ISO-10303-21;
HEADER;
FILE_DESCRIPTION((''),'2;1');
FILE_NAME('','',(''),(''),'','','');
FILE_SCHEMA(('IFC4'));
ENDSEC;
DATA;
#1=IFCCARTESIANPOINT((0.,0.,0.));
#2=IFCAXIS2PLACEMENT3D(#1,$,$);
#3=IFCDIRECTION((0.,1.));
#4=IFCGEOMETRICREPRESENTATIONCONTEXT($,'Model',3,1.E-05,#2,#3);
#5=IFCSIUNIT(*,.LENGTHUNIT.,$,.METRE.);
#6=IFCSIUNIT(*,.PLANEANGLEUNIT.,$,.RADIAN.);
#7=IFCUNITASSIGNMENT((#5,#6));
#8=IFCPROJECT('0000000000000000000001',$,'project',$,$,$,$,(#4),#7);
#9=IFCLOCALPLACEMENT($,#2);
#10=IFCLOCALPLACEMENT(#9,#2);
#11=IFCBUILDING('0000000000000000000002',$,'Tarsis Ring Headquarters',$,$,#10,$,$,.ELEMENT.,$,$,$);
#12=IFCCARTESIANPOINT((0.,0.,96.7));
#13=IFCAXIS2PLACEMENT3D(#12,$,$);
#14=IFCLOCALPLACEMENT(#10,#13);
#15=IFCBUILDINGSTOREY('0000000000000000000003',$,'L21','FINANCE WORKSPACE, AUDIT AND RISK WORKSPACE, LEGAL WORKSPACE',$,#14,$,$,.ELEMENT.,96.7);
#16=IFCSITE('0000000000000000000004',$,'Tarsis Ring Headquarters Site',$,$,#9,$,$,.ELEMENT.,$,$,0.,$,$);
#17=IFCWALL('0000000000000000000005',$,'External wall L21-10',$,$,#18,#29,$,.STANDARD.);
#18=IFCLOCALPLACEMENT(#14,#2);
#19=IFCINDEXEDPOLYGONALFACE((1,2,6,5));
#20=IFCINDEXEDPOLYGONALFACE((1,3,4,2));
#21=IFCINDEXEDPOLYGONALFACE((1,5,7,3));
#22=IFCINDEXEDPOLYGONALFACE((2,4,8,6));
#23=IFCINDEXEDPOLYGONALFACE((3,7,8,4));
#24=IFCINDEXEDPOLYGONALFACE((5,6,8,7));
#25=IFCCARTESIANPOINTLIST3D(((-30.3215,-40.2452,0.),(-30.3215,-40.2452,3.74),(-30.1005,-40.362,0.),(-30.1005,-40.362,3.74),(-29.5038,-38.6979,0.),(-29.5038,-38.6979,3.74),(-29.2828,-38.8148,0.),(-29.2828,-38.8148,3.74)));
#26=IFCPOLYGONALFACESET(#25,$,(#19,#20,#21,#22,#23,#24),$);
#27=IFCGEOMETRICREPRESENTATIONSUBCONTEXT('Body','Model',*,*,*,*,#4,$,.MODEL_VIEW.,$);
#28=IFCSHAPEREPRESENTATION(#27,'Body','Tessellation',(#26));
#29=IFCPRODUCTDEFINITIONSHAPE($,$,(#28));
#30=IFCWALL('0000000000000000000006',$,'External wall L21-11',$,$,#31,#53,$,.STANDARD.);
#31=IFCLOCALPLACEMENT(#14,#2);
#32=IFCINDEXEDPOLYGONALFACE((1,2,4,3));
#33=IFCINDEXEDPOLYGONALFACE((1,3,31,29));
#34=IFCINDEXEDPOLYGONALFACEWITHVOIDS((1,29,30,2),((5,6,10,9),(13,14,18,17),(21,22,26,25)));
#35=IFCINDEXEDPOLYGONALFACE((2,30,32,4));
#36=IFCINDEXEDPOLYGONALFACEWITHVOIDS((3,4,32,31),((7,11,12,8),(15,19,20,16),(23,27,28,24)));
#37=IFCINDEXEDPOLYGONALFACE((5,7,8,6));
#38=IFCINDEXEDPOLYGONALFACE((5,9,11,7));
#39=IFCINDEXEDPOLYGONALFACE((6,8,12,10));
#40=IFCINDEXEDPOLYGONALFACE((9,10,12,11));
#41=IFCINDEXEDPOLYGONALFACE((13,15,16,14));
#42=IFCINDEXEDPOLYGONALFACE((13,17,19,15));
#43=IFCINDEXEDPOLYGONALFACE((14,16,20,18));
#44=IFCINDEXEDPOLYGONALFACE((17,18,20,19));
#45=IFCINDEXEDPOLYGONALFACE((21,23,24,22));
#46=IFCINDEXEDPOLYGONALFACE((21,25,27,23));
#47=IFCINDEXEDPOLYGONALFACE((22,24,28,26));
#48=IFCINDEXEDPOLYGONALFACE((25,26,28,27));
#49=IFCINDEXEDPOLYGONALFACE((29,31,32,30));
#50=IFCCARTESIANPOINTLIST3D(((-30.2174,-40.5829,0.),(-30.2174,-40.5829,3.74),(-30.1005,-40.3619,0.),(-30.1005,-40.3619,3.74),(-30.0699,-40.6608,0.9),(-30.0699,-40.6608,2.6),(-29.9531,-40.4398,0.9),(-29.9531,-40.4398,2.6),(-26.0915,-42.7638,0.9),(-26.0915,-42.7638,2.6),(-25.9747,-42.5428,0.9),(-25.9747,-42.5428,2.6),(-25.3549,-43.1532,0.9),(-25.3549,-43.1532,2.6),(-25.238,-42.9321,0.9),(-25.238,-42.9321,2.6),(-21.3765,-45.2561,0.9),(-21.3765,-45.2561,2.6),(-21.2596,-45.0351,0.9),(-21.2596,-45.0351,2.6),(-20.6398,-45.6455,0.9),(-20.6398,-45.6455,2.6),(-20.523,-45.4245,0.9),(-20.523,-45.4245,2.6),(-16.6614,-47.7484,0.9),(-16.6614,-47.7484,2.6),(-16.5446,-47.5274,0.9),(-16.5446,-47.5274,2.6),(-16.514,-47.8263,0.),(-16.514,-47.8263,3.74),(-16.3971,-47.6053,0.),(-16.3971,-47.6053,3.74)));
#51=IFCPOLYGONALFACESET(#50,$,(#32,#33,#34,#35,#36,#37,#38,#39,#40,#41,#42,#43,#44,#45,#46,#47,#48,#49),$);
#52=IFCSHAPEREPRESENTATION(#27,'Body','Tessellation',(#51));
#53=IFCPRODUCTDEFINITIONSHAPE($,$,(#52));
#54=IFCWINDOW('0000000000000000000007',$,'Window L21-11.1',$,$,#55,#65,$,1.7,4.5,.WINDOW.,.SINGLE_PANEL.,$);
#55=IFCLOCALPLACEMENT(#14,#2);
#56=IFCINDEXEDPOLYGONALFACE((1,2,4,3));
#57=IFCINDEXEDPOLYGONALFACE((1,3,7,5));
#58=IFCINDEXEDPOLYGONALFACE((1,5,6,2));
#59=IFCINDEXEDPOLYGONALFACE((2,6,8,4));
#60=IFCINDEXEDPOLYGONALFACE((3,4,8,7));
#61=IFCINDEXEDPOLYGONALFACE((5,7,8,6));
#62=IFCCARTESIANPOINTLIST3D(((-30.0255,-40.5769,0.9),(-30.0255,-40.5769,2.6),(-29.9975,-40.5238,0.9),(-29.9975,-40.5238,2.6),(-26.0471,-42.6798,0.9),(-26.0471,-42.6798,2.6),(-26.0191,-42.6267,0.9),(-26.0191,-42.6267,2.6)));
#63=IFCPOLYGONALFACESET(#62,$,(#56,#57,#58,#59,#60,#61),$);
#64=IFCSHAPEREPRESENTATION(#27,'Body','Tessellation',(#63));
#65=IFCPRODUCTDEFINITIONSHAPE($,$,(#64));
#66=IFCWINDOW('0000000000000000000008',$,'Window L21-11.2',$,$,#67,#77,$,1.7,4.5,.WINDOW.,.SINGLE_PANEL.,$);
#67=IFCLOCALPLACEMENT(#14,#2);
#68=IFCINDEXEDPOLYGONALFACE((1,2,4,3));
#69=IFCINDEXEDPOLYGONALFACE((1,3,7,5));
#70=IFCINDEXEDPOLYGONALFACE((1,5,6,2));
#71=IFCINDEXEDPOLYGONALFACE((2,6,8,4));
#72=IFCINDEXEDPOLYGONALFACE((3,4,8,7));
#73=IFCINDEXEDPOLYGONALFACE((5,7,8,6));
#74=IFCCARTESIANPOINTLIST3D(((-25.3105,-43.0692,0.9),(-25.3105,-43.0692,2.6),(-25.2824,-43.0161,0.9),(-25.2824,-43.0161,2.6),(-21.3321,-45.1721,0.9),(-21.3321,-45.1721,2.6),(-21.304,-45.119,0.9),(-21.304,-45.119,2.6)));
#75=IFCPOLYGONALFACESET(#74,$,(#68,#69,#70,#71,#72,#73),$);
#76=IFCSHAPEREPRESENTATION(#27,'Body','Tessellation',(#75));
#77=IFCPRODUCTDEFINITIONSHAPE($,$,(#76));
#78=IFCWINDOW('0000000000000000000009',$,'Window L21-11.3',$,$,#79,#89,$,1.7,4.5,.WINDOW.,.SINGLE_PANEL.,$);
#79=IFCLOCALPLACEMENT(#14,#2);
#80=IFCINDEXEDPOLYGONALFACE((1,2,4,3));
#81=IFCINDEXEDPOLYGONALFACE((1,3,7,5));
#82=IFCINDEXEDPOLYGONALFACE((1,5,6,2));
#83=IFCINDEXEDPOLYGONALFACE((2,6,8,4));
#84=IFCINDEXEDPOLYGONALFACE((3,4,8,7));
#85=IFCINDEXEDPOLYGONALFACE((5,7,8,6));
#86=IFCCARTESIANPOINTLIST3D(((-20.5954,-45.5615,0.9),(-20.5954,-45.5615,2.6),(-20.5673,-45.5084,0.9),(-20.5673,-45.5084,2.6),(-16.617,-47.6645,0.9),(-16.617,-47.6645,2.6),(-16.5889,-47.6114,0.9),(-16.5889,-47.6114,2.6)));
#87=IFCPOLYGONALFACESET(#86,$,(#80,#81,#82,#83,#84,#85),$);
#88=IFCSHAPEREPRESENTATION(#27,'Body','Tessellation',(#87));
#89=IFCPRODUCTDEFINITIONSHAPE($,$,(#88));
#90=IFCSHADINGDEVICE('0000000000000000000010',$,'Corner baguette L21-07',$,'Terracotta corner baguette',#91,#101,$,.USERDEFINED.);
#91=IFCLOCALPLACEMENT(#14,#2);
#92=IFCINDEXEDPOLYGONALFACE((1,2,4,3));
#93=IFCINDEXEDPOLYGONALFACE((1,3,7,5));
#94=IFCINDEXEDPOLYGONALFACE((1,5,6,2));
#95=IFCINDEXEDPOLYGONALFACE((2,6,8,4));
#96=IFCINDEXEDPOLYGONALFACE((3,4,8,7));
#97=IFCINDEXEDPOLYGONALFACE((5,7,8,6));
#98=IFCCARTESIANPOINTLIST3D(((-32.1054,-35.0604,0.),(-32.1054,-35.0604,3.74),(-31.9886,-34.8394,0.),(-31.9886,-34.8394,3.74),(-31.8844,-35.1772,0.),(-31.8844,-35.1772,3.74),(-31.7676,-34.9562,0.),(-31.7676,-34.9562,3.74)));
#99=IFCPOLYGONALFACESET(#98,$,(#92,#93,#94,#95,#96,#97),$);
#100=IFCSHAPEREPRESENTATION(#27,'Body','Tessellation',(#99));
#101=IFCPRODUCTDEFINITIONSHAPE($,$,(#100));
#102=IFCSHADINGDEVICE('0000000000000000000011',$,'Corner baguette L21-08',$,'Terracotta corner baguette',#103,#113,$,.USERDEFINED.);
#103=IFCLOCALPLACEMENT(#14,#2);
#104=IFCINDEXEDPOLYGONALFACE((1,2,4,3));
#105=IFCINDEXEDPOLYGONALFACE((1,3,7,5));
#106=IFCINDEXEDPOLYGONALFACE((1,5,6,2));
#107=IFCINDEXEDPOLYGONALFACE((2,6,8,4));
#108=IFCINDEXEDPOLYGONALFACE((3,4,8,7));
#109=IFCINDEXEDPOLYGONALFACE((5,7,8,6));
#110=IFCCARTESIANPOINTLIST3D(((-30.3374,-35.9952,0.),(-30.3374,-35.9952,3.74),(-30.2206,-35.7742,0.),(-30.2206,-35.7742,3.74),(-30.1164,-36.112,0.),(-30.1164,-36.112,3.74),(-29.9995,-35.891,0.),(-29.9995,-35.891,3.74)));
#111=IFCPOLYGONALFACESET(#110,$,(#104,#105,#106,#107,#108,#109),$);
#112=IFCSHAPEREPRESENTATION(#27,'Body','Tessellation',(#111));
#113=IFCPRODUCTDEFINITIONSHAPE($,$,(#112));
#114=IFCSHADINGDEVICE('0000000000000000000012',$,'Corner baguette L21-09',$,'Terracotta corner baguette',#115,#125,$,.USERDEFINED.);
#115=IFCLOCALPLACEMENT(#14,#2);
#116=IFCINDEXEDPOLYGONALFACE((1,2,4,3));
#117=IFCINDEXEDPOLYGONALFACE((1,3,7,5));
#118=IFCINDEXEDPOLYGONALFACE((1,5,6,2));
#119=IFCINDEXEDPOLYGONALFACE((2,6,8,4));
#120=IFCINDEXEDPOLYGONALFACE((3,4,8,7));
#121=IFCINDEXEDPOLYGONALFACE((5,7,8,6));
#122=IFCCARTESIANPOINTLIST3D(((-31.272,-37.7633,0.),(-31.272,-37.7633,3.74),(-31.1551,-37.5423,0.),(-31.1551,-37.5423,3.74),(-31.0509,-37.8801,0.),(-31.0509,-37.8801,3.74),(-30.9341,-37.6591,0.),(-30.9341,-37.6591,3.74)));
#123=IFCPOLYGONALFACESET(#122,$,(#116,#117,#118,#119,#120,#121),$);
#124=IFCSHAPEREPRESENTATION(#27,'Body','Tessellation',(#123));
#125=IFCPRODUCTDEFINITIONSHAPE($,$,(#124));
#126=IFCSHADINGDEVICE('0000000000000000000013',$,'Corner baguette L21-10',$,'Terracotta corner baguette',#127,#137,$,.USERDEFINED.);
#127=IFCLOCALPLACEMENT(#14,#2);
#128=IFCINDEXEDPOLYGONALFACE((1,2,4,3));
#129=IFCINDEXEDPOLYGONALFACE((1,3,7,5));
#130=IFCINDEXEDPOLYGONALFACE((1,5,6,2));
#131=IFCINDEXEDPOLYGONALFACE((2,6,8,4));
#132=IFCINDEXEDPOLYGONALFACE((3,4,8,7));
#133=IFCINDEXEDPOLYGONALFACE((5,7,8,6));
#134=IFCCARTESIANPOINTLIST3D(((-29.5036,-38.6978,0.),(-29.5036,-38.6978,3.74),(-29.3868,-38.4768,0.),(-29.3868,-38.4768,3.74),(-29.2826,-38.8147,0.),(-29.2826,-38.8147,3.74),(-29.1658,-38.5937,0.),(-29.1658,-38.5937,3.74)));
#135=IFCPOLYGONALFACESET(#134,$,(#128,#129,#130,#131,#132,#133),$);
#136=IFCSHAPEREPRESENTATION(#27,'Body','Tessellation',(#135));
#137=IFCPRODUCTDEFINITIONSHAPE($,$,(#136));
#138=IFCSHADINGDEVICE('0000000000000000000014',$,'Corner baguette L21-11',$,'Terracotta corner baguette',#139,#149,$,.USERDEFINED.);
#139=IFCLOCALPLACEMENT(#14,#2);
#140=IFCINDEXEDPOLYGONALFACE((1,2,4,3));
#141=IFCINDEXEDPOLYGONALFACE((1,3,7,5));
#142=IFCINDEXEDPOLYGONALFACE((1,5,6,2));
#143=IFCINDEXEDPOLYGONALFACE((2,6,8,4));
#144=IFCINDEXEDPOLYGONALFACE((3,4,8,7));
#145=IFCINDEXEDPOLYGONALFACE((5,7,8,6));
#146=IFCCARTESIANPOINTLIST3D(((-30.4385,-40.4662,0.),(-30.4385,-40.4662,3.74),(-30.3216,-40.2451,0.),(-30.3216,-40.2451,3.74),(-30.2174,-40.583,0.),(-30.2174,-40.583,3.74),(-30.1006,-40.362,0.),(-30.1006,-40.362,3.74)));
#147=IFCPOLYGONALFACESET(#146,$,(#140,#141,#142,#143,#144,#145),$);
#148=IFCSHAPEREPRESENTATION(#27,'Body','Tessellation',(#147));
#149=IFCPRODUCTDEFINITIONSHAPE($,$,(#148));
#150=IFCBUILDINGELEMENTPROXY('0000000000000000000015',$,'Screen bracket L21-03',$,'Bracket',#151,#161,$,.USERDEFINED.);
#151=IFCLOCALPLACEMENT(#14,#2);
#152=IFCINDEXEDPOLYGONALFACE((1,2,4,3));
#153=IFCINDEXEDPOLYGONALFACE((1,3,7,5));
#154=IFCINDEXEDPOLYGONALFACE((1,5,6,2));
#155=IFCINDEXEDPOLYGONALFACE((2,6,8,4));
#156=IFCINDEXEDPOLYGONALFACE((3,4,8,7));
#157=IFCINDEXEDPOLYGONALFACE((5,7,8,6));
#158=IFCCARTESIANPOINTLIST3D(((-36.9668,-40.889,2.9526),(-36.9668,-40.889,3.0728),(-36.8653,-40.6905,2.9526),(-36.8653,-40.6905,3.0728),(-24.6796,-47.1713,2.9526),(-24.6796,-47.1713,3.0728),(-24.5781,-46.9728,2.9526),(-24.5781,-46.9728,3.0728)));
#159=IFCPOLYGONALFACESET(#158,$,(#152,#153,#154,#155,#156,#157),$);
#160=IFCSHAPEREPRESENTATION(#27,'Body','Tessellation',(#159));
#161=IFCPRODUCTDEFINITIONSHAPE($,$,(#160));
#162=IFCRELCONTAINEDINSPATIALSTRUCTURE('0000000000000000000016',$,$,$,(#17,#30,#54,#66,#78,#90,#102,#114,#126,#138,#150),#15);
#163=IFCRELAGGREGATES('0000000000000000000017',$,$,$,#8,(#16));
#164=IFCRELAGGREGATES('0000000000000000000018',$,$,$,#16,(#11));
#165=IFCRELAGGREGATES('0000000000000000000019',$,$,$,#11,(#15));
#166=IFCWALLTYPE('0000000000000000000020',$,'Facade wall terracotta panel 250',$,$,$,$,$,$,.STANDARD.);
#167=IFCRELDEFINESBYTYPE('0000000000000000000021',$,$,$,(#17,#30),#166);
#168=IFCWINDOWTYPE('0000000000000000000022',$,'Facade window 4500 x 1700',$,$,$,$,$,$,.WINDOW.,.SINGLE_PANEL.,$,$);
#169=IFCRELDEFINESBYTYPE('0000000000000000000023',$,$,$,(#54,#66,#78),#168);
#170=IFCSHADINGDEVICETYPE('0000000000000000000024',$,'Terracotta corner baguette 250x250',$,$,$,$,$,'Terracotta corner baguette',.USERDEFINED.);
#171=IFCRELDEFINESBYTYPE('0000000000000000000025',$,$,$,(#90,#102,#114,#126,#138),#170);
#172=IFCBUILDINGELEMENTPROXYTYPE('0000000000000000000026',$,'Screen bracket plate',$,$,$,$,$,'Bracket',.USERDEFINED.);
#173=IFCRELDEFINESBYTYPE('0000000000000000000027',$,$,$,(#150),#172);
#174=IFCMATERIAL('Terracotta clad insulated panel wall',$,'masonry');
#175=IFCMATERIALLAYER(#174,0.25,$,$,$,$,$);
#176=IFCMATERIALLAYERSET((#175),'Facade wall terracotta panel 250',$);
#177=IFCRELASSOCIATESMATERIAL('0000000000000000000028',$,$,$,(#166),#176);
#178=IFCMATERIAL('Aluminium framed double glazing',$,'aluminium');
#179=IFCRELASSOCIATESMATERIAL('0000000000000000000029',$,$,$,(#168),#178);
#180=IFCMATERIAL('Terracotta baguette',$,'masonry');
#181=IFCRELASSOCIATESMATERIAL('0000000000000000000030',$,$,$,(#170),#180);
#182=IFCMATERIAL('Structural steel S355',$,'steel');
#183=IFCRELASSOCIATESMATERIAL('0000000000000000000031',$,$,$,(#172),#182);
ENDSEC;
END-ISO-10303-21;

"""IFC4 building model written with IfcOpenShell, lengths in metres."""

from ifc_helpers import new_model, si_unit, direction, frame, frame_2d, origin, origin_2d, place, context, subcontext, project, spatial, rectangle, extrude, material, layer, layer_set, type_object, element, fill, save


model = new_model("IFC4")

# Units and contexts
model_context = context("Model", 3, precision=1e-05, world=origin(), true_north=direction((0.0, 1.0)))
body_context = subcontext(model_context, "Body", "Model", "MODEL_VIEW")
ifc_project = project(units=[si_unit("LENGTHUNIT", "METRE"), si_unit("PLANEANGLEUNIT", "RADIAN")], contexts=[model_context])

# Site, building, storey
site_placement = place(None, origin())
site = spatial("IfcSite", under=ifc_project, at=site_placement, Name="Tarsis Ring Headquarters Site", CompositionType="ELEMENT", RefElevation=0.0)
building_placement = place(site_placement, origin())
building = spatial("IfcBuilding", under=site, at=building_placement, Name="Tarsis Ring Headquarters", CompositionType="ELEMENT")
storey_placement = place(building_placement, frame((0.0, 0.0, 96.7)))
storey = spatial("IfcBuildingStorey", under=building, at=storey_placement, Name="L21", Description="FINANCE WORKSPACE, AUDIT AND RISK WORKSPACE, LEGAL WORKSPACE", CompositionType="ELEMENT", Elevation=96.7)

# Shared definitions
ifc_material_1 = material(Name="Structural steel S355", Category="steel")

# Wall
ifc_material_2 = material(Name="Terracotta clad insulated panel wall", Category="masonry")
ifc_layer = layer(ifc_material_2, 0.25)
ifc_layer_set = layer_set([ifc_layer], Name="Facade wall terracotta panel 250")
wall_type = type_object("IfcWallType", Name="Facade wall terracotta panel 250", PredefinedType="STANDARD", material=ifc_layer_set)
for number, where, z_axis, x_axis, name in (
    (1, (-29.3933, -38.7563, 0.0), (0.0, 0.0, 1.0), (-0.467247, -0.884127, 0.0), "External wall L21-10"),
):
    element("IfcWall", number, at=place(storey_placement, frame(where, z_axis=z_axis, x_axis=x_axis)), inside=storey, type_object=wall_type, Name=name, PredefinedType="STANDARD", context=body_context, shape_type="SweptSolid", body=[
        extrude(rectangle(XDim=1.75, YDim=0.25, at=frame_2d((0.875, 0.0))), origin(), (0.0, 0.0, 1.0), 3.74),
    ])

# Wall, openings, windows
wall_placement = place(storey_placement, frame((-30.1589, -40.4724, 0.0), z_axis=(0.0, 0.0, 1.0), x_axis=(0.88409, -0.467317, 0.0)))
wall = element("IfcWall", 2, at=wall_placement, inside=storey, type_object=wall_type, Name="External wall L21-11", PredefinedType="STANDARD", context=body_context, shape_type="SweptSolid", body=[
    extrude(rectangle(XDim=15.5, YDim=0.25, at=frame_2d((7.75, 0.0))), origin(), (0.0, 0.0, 1.0), 3.74),
])
opening_1_placement = place(wall_placement, frame((0.1667, 0.0, 0.8999)))
opening_1 = element("IfcOpeningElement", 3, at=opening_1_placement, cuts=wall, PredefinedType="OPENING", context=body_context, shape_type="SweptSolid", body=[
    extrude(rectangle(XDim=4.5, YDim=1.7, at=frame_2d((2.25, 0.8501))), frame((0.0, 0.135, 0.0), z_axis=(0.0, -1.0, 0.0), x_axis=(1.0, 0.0, 0.0)), (0.0, 0.0, 1.0), 0.27),
])
opening_2_placement = place(wall_placement, frame((5.5, 0.0, 0.8999)))
opening_2 = element("IfcOpeningElement", 4, at=opening_2_placement, cuts=wall, PredefinedType="OPENING", context=body_context, shape_type="SweptSolid", body=[
    extrude(rectangle(XDim=4.5, YDim=1.7, at=frame_2d((2.25, 0.8501))), frame((0.0, 0.135, 0.0), z_axis=(0.0, -1.0, 0.0), x_axis=(1.0, 0.0, 0.0)), (0.0, 0.0, 1.0), 0.27),
])
opening_3_placement = place(wall_placement, frame((10.8333, 0.0, 0.8999)))
opening_3 = element("IfcOpeningElement", 5, at=opening_3_placement, cuts=wall, PredefinedType="OPENING", context=body_context, shape_type="SweptSolid", body=[
    extrude(rectangle(XDim=4.5, YDim=1.7, at=frame_2d((2.25, 0.8501))), frame((0.0, 0.135, 0.0), z_axis=(0.0, -1.0, 0.0), x_axis=(1.0, 0.0, 0.0)), (0.0, 0.0, 1.0), 0.27),
])
ifc_material_3 = material(Name="Aluminium framed double glazing", Category="aluminium")
window_type = type_object("IfcWindowType", Name="Facade window 4500 x 1700", PartitioningType="SINGLE_PANEL", PredefinedType="WINDOW", material=ifc_material_3)
window_1_placement = place(opening_1_placement, origin())
window_1 = element("IfcWindow", 6, at=window_1_placement, inside=storey, type_object=window_type, Name="Window L21-11.1", OverallHeight=1.7, OverallWidth=4.5, PartitioningType="SINGLE_PANEL", PredefinedType="WINDOW", context=body_context, shape_type="SweptSolid", body=[
    extrude(rectangle(XDim=4.5, YDim=1.7, at=frame_2d((2.25, 0.8501))), frame((0.0, 0.03, 0.0), z_axis=(0.0, -1.0, 0.0), x_axis=(1.0, 0.0, 0.0)), (0.0, 0.0, 1.0), 0.0601),
])
fill(opening_1, window_1)
window_2_placement = place(opening_2_placement, origin())
window_2 = element("IfcWindow", 7, at=window_2_placement, inside=storey, type_object=window_type, Name="Window L21-11.2", OverallHeight=1.7, OverallWidth=4.5, PartitioningType="SINGLE_PANEL", PredefinedType="WINDOW", context=body_context, shape_type="SweptSolid", body=[
    extrude(rectangle(XDim=4.5, YDim=1.7, at=frame_2d((2.25, 0.8501))), frame((0.0, 0.03, 0.0), z_axis=(0.0, -1.0, 0.0), x_axis=(1.0, 0.0, 0.0)), (0.0, 0.0, 1.0), 0.0601),
])
fill(opening_2, window_2)
window_3_placement = place(opening_3_placement, origin())
window_3 = element("IfcWindow", 8, at=window_3_placement, inside=storey, type_object=window_type, Name="Window L21-11.3", OverallHeight=1.7, OverallWidth=4.5, PartitioningType="SINGLE_PANEL", PredefinedType="WINDOW", context=body_context, shape_type="SweptSolid", body=[
    extrude(rectangle(XDim=4.5, YDim=1.7, at=frame_2d((2.25, 0.8501))), frame((0.0, 0.03, 0.0), z_axis=(0.0, -1.0, 0.0), x_axis=(1.0, 0.0, 0.0)), (0.0, 0.0, 1.0), 0.0601),
])
fill(opening_3, window_3)

# Shading devices
ifc_material_4 = material(Name="Terracotta baguette", Category="masonry")
shading_device_type_1 = type_object("IfcShadingDeviceType", Name="Terracotta corner baguette 250x250", ElementType="Terracotta corner baguette", PredefinedType="USERDEFINED", material=ifc_material_4)
for number, where, z_axis, x_axis, name in (
    (9, (-31.9365, -35.0083, 0.0), (0.0, 0.0, 1.0), (-0.467313, -0.884092, 0.0), "Corner baguette L21-07"),
    (10, (-30.1685, -35.9431, 0.0), (0.0, 0.0, 1.0), (0.884092, -0.467312, 0.0), "Corner baguette L21-08"),
    (11, (-31.103, -37.7112, 0.0), (0.0, 0.0, 1.0), (-0.467313, -0.884092, 0.0), "Corner baguette L21-09"),
    (12, (-29.3347, -38.6458, 0.0), (0.0, 0.0, 1.0), (0.884092, -0.467313, 0.0), "Corner baguette L21-10"),
    (13, (-30.2695, -40.4141, 0.0), (0.0, 0.0, 1.0), (-0.467313, -0.884092, 0.0), "Corner baguette L21-11"),
):
    element("IfcShadingDevice", number, at=place(storey_placement, frame(where, z_axis=z_axis, x_axis=x_axis)), inside=storey, type_object=shading_device_type_1, Name=name, ObjectType="Terracotta corner baguette", PredefinedType="USERDEFINED", context=body_context, shape_type="SweptSolid", body=[
        extrude(rectangle(XDim=0.25, YDim=0.25, at=origin_2d()), origin(), (0.0, 0.0, 1.0), 3.74),
    ])

# Building element proxy
building_element_proxy_type = type_object("IfcBuildingElementProxyType", Name="Screen bracket plate", ElementType="Bracket", PredefinedType="USERDEFINED", material=ifc_material_1)
proxy_placement = place(storey_placement, frame((-30.7725, -43.9309, 2.9526), z_axis=(0.0, 0.0, 1.0), x_axis=(0.890372, -0.455234, 0.0)))
element("IfcBuildingElementProxy", 14, at=proxy_placement, inside=storey, type_object=building_element_proxy_type, Name="Screen bracket L21-03", ObjectType="Bracket", PredefinedType="USERDEFINED", context=body_context, shape_type="SweptSolid", body=[
    extrude(rectangle(XDim=13.8, YDim=0.2229, at=origin_2d()), origin(), (0.0, 0.0, 1.0), 0.1201),
])

save(model, "model.ifc")
